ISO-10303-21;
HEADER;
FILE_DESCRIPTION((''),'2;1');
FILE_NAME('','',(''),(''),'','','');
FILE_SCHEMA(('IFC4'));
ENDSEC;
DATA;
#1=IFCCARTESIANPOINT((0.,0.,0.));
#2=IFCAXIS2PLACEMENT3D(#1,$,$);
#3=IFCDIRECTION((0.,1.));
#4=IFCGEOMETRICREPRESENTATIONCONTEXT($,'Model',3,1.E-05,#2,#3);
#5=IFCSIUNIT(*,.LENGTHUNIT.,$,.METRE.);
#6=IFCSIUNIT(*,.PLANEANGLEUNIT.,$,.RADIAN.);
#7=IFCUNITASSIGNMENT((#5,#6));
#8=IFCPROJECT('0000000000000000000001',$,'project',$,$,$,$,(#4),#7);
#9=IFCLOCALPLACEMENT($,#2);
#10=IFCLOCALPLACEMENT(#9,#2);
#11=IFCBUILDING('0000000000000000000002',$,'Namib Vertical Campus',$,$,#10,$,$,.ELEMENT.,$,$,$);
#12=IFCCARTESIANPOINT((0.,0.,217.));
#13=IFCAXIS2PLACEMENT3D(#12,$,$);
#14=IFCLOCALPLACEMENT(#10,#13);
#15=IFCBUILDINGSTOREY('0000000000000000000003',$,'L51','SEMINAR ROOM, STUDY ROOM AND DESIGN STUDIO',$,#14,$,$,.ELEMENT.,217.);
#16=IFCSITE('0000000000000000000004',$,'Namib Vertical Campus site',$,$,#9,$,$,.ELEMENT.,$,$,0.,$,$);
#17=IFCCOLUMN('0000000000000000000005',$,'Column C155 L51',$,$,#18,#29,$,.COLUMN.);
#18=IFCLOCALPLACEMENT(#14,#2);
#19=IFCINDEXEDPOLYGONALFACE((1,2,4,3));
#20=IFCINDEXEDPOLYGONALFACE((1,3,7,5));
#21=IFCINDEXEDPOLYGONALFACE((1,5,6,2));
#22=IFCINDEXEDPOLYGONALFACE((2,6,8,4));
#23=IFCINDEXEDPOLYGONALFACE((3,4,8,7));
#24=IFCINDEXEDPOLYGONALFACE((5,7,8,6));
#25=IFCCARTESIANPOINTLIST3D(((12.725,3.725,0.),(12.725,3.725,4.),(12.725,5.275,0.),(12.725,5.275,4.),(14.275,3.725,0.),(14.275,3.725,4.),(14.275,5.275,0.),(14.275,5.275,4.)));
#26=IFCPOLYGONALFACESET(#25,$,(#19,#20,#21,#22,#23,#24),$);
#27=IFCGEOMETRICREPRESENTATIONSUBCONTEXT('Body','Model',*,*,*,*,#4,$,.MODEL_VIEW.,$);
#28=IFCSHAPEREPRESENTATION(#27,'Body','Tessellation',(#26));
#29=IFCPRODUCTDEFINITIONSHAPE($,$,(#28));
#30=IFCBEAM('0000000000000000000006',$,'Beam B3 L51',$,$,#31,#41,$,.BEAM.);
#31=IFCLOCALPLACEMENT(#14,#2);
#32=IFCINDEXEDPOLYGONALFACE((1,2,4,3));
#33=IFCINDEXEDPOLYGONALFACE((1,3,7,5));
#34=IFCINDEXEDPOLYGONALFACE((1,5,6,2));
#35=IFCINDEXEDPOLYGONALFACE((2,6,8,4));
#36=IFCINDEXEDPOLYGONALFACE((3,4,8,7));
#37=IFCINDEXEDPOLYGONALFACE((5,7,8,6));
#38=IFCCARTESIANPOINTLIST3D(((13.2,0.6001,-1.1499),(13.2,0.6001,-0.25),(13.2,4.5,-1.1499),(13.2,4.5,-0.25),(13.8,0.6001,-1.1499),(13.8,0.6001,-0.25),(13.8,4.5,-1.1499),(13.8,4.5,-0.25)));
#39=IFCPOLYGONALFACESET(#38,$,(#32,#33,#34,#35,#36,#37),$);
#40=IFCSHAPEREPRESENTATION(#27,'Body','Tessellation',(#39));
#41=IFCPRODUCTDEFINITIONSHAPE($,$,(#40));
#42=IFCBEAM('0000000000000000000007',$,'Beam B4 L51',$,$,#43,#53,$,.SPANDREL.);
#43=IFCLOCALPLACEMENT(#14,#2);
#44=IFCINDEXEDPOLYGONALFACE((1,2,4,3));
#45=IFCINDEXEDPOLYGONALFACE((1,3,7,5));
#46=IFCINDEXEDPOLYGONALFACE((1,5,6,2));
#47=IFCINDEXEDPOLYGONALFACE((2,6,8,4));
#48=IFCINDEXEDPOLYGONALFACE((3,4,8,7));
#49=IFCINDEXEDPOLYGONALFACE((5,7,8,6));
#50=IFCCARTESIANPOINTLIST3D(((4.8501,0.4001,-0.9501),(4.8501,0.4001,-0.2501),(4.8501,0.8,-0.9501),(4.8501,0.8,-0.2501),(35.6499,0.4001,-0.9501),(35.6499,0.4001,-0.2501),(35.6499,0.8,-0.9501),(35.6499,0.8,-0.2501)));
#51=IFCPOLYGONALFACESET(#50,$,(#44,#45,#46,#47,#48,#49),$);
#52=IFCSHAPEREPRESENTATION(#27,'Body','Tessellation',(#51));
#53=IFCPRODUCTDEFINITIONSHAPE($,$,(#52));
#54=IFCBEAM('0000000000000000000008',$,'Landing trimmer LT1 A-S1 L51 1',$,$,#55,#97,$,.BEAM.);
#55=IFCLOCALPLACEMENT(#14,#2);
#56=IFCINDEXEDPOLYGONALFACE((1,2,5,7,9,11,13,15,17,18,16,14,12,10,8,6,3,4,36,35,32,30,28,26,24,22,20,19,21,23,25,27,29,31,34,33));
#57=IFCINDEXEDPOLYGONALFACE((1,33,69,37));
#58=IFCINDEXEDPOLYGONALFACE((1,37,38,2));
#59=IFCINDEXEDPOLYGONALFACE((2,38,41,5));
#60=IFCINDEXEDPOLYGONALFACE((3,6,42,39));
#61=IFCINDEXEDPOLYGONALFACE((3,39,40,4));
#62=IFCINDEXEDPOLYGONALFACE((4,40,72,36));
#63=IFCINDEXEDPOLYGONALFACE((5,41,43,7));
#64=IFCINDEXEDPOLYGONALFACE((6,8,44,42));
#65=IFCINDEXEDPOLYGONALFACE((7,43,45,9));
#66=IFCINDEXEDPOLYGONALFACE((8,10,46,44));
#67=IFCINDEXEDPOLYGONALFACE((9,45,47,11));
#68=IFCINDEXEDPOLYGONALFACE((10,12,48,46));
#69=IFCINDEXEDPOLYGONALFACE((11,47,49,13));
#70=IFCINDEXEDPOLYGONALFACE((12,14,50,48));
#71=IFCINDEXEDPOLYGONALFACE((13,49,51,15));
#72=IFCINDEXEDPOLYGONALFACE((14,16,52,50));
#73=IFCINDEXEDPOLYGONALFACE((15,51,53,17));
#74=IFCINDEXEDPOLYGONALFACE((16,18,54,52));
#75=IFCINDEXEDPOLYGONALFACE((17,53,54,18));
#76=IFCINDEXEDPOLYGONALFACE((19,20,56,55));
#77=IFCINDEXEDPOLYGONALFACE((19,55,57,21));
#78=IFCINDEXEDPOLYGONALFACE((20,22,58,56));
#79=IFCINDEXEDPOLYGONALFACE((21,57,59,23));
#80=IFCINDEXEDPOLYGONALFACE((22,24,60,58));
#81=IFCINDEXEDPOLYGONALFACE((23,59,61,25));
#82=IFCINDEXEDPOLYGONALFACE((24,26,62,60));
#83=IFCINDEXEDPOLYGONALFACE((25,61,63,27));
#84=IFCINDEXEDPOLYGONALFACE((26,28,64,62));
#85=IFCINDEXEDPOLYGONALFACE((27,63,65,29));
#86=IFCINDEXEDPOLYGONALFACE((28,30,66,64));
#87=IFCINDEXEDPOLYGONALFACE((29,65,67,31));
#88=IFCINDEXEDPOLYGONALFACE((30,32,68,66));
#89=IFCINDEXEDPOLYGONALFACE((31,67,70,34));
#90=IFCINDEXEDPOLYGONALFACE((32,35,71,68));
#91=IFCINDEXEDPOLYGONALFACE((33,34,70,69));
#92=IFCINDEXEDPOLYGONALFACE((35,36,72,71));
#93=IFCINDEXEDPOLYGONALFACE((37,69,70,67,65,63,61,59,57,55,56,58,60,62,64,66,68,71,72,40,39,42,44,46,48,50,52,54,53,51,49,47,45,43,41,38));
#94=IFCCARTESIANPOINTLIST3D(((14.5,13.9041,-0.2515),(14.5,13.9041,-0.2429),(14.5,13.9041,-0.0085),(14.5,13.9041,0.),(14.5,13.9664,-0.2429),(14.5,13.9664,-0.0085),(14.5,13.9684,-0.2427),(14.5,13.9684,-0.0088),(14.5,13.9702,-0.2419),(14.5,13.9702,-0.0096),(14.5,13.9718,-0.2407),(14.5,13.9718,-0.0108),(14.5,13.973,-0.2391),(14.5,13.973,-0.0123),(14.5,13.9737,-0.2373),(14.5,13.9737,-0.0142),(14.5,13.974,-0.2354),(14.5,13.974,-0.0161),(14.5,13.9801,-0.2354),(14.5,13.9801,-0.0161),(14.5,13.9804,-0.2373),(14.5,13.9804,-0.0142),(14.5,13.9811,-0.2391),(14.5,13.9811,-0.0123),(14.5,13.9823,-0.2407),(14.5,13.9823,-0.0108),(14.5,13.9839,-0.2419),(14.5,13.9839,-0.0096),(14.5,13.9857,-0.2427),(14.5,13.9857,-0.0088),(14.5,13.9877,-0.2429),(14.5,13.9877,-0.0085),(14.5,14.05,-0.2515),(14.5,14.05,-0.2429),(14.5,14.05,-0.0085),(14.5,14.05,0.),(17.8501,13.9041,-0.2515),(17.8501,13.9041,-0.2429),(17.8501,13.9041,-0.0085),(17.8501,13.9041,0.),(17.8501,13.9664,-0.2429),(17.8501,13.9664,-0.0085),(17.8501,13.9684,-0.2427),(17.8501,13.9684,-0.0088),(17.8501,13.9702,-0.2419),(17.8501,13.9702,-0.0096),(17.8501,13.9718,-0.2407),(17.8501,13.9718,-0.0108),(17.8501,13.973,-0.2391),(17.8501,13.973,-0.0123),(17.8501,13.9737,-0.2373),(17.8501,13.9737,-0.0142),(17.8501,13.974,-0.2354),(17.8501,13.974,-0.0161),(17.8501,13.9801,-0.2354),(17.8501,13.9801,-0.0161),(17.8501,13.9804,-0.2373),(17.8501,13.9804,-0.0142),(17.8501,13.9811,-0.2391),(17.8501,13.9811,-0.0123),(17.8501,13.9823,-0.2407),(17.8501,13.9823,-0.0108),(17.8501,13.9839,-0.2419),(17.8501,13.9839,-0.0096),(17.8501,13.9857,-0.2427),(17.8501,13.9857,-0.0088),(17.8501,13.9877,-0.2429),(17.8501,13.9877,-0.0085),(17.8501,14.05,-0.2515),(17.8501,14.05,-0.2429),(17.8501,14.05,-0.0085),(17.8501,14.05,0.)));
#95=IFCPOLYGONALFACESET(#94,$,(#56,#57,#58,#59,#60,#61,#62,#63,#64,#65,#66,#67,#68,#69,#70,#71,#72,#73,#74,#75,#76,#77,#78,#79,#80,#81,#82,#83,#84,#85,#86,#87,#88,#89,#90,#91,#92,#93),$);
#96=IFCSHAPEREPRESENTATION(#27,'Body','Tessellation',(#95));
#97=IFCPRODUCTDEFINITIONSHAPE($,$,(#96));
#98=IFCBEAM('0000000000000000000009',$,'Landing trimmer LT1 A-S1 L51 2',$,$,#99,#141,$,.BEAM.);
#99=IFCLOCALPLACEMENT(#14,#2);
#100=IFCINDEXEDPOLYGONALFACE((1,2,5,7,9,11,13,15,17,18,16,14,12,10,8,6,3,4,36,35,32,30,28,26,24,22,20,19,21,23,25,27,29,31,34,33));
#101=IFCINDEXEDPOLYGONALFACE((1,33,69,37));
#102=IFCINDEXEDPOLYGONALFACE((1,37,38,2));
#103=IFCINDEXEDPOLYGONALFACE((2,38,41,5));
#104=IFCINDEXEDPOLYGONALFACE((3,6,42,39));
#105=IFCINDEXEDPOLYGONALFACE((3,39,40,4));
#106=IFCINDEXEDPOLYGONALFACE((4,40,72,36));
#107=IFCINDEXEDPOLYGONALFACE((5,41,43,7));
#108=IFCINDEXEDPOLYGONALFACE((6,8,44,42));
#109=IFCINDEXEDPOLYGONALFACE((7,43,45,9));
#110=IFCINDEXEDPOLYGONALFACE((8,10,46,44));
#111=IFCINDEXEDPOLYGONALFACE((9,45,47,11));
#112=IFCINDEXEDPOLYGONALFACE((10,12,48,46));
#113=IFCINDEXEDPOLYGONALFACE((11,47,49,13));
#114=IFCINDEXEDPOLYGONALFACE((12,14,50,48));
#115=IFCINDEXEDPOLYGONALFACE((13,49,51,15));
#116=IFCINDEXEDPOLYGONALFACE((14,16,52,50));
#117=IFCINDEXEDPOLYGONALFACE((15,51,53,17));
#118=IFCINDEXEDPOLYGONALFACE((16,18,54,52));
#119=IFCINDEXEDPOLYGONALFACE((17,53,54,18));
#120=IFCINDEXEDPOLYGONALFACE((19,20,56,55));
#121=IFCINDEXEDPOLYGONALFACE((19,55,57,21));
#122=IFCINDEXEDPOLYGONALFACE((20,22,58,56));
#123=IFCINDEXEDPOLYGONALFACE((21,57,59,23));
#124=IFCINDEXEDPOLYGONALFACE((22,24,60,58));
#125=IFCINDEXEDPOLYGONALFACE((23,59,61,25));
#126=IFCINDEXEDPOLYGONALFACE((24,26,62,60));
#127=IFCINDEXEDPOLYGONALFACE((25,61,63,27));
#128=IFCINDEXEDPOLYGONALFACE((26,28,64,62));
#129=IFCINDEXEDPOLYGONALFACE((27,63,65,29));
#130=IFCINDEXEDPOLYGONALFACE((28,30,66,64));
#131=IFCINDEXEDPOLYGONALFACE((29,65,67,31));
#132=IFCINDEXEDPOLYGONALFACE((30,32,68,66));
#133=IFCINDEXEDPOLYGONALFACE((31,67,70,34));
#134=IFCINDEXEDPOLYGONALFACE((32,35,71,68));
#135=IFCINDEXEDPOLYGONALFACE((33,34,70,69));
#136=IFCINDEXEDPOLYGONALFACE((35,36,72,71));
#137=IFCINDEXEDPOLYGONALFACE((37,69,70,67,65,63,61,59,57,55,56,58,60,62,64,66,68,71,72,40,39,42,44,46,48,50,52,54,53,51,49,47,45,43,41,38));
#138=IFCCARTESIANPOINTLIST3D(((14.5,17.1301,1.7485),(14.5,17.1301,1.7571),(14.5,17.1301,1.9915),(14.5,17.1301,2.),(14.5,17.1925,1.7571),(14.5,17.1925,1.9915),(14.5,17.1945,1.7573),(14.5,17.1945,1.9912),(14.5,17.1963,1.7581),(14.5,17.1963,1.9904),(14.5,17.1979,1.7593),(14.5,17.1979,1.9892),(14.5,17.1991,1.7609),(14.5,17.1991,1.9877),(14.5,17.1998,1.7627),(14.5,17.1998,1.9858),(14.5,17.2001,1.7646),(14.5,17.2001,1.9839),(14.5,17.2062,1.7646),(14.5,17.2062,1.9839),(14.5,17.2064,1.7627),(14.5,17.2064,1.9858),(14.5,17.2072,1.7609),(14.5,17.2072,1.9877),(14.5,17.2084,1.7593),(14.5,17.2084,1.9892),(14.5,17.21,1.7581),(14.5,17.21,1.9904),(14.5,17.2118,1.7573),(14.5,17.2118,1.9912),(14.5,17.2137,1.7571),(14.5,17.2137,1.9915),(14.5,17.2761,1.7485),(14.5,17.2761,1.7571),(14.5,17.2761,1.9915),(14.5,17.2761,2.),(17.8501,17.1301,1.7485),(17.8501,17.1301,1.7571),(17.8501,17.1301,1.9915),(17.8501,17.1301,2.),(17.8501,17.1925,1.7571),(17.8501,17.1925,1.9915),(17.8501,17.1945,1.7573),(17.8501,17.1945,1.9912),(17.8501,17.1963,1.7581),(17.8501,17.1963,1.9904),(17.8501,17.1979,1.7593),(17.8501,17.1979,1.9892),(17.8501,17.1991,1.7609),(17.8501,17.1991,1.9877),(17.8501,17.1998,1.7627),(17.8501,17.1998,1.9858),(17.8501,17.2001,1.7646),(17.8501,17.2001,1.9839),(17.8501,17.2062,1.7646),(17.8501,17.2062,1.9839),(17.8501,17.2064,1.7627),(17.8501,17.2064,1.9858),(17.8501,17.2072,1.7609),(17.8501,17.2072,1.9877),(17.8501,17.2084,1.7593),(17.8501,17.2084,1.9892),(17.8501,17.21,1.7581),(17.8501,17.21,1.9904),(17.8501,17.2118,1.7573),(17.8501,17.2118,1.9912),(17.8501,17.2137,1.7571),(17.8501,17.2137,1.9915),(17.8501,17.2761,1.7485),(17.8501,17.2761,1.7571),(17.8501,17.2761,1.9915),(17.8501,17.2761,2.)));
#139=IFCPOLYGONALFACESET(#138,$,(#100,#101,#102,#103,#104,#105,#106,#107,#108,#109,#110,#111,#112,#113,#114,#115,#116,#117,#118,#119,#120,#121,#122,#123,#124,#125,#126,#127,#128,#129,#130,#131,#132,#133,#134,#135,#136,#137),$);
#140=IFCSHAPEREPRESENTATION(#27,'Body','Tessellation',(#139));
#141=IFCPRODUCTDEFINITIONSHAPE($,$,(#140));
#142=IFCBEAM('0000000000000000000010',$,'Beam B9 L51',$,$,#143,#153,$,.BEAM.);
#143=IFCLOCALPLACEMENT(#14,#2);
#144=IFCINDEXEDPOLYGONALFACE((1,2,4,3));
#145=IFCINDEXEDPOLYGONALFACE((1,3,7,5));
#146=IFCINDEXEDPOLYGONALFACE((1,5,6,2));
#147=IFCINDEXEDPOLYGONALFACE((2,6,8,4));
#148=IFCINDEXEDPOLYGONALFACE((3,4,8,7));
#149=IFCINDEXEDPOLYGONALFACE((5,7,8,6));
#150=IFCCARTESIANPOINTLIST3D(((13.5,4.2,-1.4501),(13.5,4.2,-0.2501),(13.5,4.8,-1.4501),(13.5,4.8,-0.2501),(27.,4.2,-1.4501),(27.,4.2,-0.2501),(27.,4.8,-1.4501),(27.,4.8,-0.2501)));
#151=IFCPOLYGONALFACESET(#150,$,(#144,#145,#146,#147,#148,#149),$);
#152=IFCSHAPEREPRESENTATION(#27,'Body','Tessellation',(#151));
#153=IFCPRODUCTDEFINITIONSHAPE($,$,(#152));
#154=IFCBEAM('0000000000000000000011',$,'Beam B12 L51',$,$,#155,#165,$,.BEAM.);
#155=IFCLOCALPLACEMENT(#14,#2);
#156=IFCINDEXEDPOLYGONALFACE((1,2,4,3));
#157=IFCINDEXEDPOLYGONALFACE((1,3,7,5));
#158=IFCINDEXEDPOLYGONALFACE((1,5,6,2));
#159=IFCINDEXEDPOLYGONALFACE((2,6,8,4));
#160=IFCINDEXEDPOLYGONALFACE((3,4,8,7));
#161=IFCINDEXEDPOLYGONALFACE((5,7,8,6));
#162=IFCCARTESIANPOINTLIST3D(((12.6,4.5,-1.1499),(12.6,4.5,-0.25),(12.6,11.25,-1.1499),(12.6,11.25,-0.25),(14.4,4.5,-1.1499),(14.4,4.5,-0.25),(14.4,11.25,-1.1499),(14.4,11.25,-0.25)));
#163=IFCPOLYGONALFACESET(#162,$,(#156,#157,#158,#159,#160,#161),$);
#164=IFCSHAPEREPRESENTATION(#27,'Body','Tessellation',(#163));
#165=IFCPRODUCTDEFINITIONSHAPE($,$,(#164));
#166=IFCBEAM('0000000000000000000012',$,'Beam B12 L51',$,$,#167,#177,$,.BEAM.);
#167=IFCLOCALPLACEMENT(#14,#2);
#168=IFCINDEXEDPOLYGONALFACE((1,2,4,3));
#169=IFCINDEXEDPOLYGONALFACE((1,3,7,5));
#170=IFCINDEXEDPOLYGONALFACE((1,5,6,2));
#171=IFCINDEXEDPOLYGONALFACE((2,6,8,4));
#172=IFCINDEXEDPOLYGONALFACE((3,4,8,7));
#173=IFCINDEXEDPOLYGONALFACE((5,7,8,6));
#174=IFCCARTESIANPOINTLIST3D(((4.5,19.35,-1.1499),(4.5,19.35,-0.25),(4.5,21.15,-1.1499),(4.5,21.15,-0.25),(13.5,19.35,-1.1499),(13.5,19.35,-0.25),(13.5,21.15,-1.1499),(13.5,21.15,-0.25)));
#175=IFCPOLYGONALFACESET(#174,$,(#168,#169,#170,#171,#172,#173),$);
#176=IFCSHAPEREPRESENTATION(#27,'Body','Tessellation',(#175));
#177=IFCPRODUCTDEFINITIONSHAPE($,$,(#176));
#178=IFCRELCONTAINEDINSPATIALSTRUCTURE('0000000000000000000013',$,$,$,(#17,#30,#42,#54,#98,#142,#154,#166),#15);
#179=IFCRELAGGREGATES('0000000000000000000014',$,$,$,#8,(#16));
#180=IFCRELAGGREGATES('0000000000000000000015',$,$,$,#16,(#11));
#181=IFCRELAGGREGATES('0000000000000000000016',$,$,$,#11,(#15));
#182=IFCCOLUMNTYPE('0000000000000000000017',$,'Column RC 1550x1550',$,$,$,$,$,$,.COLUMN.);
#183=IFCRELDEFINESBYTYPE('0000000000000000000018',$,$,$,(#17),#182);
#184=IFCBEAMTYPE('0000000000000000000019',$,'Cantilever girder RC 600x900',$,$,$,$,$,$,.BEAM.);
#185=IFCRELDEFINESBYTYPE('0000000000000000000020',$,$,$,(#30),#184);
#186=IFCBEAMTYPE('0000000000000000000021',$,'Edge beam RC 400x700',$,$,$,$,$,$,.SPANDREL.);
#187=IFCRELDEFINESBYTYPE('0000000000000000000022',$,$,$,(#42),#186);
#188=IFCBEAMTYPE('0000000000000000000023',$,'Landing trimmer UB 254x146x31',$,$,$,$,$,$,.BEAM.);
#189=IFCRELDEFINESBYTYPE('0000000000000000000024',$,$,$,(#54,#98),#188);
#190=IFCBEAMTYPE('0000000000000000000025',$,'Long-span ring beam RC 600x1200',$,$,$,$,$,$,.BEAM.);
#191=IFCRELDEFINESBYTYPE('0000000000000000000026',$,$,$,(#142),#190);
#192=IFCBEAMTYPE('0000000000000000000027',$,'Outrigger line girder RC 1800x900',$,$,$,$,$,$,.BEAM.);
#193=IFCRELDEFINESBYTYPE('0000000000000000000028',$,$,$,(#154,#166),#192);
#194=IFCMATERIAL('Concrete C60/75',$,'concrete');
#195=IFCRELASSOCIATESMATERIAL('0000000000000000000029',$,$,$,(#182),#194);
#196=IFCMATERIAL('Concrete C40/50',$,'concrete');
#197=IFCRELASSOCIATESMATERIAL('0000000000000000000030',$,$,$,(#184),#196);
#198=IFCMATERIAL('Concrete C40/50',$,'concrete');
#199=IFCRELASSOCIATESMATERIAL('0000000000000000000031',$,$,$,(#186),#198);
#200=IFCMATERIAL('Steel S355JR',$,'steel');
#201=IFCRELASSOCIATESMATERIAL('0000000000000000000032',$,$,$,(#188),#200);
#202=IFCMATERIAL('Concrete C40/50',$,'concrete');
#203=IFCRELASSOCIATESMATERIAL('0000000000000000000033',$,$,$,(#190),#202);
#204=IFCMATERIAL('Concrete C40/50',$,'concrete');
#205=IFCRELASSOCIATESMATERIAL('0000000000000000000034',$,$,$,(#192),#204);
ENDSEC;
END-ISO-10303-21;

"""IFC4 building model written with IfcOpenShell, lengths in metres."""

from ifc_helpers import new_model, si_unit, direction, frame, origin, origin_2d, place, context, subcontext, project, spatial, rectangle, i_section, extrude, material, material_profile, profile_set, type_object, element, save


model = new_model("IFC4")

# Units and contexts
model_context = context("Model", 3, precision=1e-05, world=origin(), true_north=direction((0.0, 1.0)))
body_context = subcontext(model_context, "Body", "Model", "MODEL_VIEW")
ifc_project = project(units=[si_unit("LENGTHUNIT", "METRE"), si_unit("PLANEANGLEUNIT", "RADIAN")], contexts=[model_context])

# Site, building, storey
site_placement = place(None, origin())
site = spatial("IfcSite", under=ifc_project, at=site_placement, Name="Namib Vertical Campus site", CompositionType="ELEMENT", RefElevation=0.0)
building_placement = place(site_placement, origin())
building = spatial("IfcBuilding", under=site, at=building_placement, Name="Namib Vertical Campus", CompositionType="ELEMENT")
storey_placement = place(building_placement, frame((0.0, 0.0, 217.0)))
storey = spatial("IfcBuildingStorey", under=building, at=storey_placement, Name="L51", Description="SEMINAR ROOM, STUDY ROOM AND DESIGN STUDIO", CompositionType="ELEMENT", Elevation=217.0)

# Column
ifc_material_1 = material(Name="Concrete C60/75", Category="concrete")
ifc_material_profile_1 = material_profile(ifc_material_1, rectangle(XDim=1.55, YDim=1.55, at=origin_2d()))
ifc_profile_set_1 = profile_set([ifc_material_profile_1], Name="Concrete C60/75")
column_type = type_object("IfcColumnType", Name="Column RC 1550x1550", PredefinedType="COLUMN", material=ifc_profile_set_1)
column_placement = place(storey_placement, frame((13.5, 4.5, 0.0), z_axis=(0.0, 0.0, 1.0), x_axis=(1.0, 0.0, 0.0)))
element("IfcColumn", 1, at=column_placement, inside=storey, type_object=column_type, Name="Column C155 L51", PredefinedType="COLUMN", context=body_context, shape_type="SweptSolid", body=[
    extrude(rectangle(XDim=1.55, YDim=1.55, at=origin_2d()), origin(), (0.0, 0.0, 1.0), 4.0),
])

# Beams
ifc_material_2 = material(Name="Concrete C40/50", Category="concrete")
ifc_material_profile_2 = material_profile(ifc_material_2, rectangle(XDim=0.6001, YDim=0.8999, at=origin_2d()))
ifc_profile_set_2 = profile_set([ifc_material_profile_2], Name="Concrete C40/50")
beam_type_1 = type_object("IfcBeamType", Name="Cantilever girder RC 600x900", PredefinedType="BEAM", material=ifc_profile_set_2)
beam_1_placement = place(storey_placement, frame((13.5, 4.5, -0.7), z_axis=(0.0, -1.0, 0.0), x_axis=(1.0, 0.0, 0.0)))
element("IfcBeam", 2, at=beam_1_placement, inside=storey, type_object=beam_type_1, Name="Beam B3 L51", PredefinedType="BEAM", context=body_context, shape_type="SweptSolid", body=[
    extrude(rectangle(XDim=0.6001, YDim=0.8999, at=origin_2d()), origin(), (0.0, 0.0, 1.0), 3.8999),
])
ifc_material_3 = material(Name="Concrete C40/50", Category="concrete")
ifc_material_profile_3 = material_profile(ifc_material_3, rectangle(XDim=0.3999, YDim=0.7, at=origin_2d()))
ifc_profile_set_3 = profile_set([ifc_material_profile_3], Name="Concrete C40/50")
beam_type_2 = type_object("IfcBeamType", Name="Edge beam RC 400x700", PredefinedType="SPANDREL", material=ifc_profile_set_3)
beam_2_placement = place(storey_placement, frame((4.8501, 0.6001, -0.6001), z_axis=(1.0, 0.0, 0.0), x_axis=(0.0, 1.0, 0.0)))
element("IfcBeam", 3, at=beam_2_placement, inside=storey, type_object=beam_type_2, Name="Beam B4 L51", PredefinedType="SPANDREL", context=body_context, shape_type="SweptSolid", body=[
    extrude(rectangle(XDim=0.3999, YDim=0.7, at=origin_2d()), origin(), (0.0, 0.0, 1.0), 30.7998),
])
ifc_material_4 = material(Name="Steel S355JR", Category="steel")
ifc_material_profile_4 = material_profile(ifc_material_4, i_section(OverallWidth=0.146, OverallDepth=0.2515, WebThickness=0.0061, FlangeThickness=0.0085, FilletRadius=0.0076, at=origin_2d()))
ifc_profile_set_4 = profile_set([ifc_material_profile_4], Name="Steel S355JR")
beam_type_3 = type_object("IfcBeamType", Name="Landing trimmer UB 254x146x31", PredefinedType="BEAM", material=ifc_profile_set_4)
for number, where, z_axis, x_axis, name in (
    (4, (14.5, 13.9771, -0.1257), (1.0, 0.0, 0.0), (0.0, 1.0, 0.0), "Landing trimmer LT1 A-S1 L51 1"),
    (5, (14.5, 17.2031, 1.8743), (1.0, 0.0, 0.0), (0.0, 1.0, 0.0), "Landing trimmer LT1 A-S1 L51 2"),
):
    element("IfcBeam", number, at=place(storey_placement, frame(where, z_axis=z_axis, x_axis=x_axis)), inside=storey, type_object=beam_type_3, Name=name, PredefinedType="BEAM", context=body_context, shape_type="SweptSolid", body=[
        extrude(i_section(OverallWidth=0.146, OverallDepth=0.2515, WebThickness=0.0061, FlangeThickness=0.0085, FilletRadius=0.0076, at=origin_2d()), origin(), (0.0, 0.0, 1.0), 3.3501),
    ])
ifc_material_5 = material(Name="Concrete C40/50", Category="concrete")
ifc_material_profile_5 = material_profile(ifc_material_5, rectangle(XDim=0.6001, YDim=1.2, at=origin_2d()))
ifc_profile_set_5 = profile_set([ifc_material_profile_5], Name="Concrete C40/50")
beam_type_4 = type_object("IfcBeamType", Name="Long-span ring beam RC 600x1200", PredefinedType="BEAM", material=ifc_profile_set_5)
beam_3_placement = place(storey_placement, frame((13.5, 4.5, -0.8501), z_axis=(1.0, 0.0, 0.0), x_axis=(0.0, 1.0, 0.0)))
element("IfcBeam", 6, at=beam_3_placement, inside=storey, type_object=beam_type_4, Name="Beam B9 L51", PredefinedType="BEAM", context=body_context, shape_type="SweptSolid", body=[
    extrude(rectangle(XDim=0.6001, YDim=1.2, at=origin_2d()), origin(), (0.0, 0.0, 1.0), 13.5),
])
ifc_material_6 = material(Name="Concrete C40/50", Category="concrete")
ifc_material_profile_6 = material_profile(ifc_material_6, rectangle(XDim=1.8, YDim=0.8999, at=origin_2d()))
ifc_profile_set_6 = profile_set([ifc_material_profile_6], Name="Concrete C40/50")
beam_type_5 = type_object("IfcBeamType", Name="Outrigger line girder RC 1800x900", PredefinedType="BEAM", material=ifc_profile_set_6)
beam_4_placement = place(storey_placement, frame((13.5, 4.5, -0.7), z_axis=(0.0, 1.0, 0.0), x_axis=(-1.0, 0.0, 0.0)))
element("IfcBeam", 7, at=beam_4_placement, inside=storey, type_object=beam_type_5, Name="Beam B12 L51", PredefinedType="BEAM", context=body_context, shape_type="SweptSolid", body=[
    extrude(rectangle(XDim=1.8, YDim=0.8999, at=origin_2d()), origin(), (0.0, 0.0, 1.0), 6.75),
])
beam_5_placement = place(storey_placement, frame((4.5, 20.25, -0.7), z_axis=(1.0, 0.0, 0.0), x_axis=(0.0, 1.0, 0.0)))
element("IfcBeam", 8, at=beam_5_placement, inside=storey, type_object=beam_type_5, Name="Beam B12 L51", PredefinedType="BEAM", context=body_context, shape_type="SweptSolid", body=[
    extrude(rectangle(XDim=1.8, YDim=0.8999, at=origin_2d()), origin(), (0.0, 0.0, 1.0), 9.0),
])

save(model, "model.ifc")
